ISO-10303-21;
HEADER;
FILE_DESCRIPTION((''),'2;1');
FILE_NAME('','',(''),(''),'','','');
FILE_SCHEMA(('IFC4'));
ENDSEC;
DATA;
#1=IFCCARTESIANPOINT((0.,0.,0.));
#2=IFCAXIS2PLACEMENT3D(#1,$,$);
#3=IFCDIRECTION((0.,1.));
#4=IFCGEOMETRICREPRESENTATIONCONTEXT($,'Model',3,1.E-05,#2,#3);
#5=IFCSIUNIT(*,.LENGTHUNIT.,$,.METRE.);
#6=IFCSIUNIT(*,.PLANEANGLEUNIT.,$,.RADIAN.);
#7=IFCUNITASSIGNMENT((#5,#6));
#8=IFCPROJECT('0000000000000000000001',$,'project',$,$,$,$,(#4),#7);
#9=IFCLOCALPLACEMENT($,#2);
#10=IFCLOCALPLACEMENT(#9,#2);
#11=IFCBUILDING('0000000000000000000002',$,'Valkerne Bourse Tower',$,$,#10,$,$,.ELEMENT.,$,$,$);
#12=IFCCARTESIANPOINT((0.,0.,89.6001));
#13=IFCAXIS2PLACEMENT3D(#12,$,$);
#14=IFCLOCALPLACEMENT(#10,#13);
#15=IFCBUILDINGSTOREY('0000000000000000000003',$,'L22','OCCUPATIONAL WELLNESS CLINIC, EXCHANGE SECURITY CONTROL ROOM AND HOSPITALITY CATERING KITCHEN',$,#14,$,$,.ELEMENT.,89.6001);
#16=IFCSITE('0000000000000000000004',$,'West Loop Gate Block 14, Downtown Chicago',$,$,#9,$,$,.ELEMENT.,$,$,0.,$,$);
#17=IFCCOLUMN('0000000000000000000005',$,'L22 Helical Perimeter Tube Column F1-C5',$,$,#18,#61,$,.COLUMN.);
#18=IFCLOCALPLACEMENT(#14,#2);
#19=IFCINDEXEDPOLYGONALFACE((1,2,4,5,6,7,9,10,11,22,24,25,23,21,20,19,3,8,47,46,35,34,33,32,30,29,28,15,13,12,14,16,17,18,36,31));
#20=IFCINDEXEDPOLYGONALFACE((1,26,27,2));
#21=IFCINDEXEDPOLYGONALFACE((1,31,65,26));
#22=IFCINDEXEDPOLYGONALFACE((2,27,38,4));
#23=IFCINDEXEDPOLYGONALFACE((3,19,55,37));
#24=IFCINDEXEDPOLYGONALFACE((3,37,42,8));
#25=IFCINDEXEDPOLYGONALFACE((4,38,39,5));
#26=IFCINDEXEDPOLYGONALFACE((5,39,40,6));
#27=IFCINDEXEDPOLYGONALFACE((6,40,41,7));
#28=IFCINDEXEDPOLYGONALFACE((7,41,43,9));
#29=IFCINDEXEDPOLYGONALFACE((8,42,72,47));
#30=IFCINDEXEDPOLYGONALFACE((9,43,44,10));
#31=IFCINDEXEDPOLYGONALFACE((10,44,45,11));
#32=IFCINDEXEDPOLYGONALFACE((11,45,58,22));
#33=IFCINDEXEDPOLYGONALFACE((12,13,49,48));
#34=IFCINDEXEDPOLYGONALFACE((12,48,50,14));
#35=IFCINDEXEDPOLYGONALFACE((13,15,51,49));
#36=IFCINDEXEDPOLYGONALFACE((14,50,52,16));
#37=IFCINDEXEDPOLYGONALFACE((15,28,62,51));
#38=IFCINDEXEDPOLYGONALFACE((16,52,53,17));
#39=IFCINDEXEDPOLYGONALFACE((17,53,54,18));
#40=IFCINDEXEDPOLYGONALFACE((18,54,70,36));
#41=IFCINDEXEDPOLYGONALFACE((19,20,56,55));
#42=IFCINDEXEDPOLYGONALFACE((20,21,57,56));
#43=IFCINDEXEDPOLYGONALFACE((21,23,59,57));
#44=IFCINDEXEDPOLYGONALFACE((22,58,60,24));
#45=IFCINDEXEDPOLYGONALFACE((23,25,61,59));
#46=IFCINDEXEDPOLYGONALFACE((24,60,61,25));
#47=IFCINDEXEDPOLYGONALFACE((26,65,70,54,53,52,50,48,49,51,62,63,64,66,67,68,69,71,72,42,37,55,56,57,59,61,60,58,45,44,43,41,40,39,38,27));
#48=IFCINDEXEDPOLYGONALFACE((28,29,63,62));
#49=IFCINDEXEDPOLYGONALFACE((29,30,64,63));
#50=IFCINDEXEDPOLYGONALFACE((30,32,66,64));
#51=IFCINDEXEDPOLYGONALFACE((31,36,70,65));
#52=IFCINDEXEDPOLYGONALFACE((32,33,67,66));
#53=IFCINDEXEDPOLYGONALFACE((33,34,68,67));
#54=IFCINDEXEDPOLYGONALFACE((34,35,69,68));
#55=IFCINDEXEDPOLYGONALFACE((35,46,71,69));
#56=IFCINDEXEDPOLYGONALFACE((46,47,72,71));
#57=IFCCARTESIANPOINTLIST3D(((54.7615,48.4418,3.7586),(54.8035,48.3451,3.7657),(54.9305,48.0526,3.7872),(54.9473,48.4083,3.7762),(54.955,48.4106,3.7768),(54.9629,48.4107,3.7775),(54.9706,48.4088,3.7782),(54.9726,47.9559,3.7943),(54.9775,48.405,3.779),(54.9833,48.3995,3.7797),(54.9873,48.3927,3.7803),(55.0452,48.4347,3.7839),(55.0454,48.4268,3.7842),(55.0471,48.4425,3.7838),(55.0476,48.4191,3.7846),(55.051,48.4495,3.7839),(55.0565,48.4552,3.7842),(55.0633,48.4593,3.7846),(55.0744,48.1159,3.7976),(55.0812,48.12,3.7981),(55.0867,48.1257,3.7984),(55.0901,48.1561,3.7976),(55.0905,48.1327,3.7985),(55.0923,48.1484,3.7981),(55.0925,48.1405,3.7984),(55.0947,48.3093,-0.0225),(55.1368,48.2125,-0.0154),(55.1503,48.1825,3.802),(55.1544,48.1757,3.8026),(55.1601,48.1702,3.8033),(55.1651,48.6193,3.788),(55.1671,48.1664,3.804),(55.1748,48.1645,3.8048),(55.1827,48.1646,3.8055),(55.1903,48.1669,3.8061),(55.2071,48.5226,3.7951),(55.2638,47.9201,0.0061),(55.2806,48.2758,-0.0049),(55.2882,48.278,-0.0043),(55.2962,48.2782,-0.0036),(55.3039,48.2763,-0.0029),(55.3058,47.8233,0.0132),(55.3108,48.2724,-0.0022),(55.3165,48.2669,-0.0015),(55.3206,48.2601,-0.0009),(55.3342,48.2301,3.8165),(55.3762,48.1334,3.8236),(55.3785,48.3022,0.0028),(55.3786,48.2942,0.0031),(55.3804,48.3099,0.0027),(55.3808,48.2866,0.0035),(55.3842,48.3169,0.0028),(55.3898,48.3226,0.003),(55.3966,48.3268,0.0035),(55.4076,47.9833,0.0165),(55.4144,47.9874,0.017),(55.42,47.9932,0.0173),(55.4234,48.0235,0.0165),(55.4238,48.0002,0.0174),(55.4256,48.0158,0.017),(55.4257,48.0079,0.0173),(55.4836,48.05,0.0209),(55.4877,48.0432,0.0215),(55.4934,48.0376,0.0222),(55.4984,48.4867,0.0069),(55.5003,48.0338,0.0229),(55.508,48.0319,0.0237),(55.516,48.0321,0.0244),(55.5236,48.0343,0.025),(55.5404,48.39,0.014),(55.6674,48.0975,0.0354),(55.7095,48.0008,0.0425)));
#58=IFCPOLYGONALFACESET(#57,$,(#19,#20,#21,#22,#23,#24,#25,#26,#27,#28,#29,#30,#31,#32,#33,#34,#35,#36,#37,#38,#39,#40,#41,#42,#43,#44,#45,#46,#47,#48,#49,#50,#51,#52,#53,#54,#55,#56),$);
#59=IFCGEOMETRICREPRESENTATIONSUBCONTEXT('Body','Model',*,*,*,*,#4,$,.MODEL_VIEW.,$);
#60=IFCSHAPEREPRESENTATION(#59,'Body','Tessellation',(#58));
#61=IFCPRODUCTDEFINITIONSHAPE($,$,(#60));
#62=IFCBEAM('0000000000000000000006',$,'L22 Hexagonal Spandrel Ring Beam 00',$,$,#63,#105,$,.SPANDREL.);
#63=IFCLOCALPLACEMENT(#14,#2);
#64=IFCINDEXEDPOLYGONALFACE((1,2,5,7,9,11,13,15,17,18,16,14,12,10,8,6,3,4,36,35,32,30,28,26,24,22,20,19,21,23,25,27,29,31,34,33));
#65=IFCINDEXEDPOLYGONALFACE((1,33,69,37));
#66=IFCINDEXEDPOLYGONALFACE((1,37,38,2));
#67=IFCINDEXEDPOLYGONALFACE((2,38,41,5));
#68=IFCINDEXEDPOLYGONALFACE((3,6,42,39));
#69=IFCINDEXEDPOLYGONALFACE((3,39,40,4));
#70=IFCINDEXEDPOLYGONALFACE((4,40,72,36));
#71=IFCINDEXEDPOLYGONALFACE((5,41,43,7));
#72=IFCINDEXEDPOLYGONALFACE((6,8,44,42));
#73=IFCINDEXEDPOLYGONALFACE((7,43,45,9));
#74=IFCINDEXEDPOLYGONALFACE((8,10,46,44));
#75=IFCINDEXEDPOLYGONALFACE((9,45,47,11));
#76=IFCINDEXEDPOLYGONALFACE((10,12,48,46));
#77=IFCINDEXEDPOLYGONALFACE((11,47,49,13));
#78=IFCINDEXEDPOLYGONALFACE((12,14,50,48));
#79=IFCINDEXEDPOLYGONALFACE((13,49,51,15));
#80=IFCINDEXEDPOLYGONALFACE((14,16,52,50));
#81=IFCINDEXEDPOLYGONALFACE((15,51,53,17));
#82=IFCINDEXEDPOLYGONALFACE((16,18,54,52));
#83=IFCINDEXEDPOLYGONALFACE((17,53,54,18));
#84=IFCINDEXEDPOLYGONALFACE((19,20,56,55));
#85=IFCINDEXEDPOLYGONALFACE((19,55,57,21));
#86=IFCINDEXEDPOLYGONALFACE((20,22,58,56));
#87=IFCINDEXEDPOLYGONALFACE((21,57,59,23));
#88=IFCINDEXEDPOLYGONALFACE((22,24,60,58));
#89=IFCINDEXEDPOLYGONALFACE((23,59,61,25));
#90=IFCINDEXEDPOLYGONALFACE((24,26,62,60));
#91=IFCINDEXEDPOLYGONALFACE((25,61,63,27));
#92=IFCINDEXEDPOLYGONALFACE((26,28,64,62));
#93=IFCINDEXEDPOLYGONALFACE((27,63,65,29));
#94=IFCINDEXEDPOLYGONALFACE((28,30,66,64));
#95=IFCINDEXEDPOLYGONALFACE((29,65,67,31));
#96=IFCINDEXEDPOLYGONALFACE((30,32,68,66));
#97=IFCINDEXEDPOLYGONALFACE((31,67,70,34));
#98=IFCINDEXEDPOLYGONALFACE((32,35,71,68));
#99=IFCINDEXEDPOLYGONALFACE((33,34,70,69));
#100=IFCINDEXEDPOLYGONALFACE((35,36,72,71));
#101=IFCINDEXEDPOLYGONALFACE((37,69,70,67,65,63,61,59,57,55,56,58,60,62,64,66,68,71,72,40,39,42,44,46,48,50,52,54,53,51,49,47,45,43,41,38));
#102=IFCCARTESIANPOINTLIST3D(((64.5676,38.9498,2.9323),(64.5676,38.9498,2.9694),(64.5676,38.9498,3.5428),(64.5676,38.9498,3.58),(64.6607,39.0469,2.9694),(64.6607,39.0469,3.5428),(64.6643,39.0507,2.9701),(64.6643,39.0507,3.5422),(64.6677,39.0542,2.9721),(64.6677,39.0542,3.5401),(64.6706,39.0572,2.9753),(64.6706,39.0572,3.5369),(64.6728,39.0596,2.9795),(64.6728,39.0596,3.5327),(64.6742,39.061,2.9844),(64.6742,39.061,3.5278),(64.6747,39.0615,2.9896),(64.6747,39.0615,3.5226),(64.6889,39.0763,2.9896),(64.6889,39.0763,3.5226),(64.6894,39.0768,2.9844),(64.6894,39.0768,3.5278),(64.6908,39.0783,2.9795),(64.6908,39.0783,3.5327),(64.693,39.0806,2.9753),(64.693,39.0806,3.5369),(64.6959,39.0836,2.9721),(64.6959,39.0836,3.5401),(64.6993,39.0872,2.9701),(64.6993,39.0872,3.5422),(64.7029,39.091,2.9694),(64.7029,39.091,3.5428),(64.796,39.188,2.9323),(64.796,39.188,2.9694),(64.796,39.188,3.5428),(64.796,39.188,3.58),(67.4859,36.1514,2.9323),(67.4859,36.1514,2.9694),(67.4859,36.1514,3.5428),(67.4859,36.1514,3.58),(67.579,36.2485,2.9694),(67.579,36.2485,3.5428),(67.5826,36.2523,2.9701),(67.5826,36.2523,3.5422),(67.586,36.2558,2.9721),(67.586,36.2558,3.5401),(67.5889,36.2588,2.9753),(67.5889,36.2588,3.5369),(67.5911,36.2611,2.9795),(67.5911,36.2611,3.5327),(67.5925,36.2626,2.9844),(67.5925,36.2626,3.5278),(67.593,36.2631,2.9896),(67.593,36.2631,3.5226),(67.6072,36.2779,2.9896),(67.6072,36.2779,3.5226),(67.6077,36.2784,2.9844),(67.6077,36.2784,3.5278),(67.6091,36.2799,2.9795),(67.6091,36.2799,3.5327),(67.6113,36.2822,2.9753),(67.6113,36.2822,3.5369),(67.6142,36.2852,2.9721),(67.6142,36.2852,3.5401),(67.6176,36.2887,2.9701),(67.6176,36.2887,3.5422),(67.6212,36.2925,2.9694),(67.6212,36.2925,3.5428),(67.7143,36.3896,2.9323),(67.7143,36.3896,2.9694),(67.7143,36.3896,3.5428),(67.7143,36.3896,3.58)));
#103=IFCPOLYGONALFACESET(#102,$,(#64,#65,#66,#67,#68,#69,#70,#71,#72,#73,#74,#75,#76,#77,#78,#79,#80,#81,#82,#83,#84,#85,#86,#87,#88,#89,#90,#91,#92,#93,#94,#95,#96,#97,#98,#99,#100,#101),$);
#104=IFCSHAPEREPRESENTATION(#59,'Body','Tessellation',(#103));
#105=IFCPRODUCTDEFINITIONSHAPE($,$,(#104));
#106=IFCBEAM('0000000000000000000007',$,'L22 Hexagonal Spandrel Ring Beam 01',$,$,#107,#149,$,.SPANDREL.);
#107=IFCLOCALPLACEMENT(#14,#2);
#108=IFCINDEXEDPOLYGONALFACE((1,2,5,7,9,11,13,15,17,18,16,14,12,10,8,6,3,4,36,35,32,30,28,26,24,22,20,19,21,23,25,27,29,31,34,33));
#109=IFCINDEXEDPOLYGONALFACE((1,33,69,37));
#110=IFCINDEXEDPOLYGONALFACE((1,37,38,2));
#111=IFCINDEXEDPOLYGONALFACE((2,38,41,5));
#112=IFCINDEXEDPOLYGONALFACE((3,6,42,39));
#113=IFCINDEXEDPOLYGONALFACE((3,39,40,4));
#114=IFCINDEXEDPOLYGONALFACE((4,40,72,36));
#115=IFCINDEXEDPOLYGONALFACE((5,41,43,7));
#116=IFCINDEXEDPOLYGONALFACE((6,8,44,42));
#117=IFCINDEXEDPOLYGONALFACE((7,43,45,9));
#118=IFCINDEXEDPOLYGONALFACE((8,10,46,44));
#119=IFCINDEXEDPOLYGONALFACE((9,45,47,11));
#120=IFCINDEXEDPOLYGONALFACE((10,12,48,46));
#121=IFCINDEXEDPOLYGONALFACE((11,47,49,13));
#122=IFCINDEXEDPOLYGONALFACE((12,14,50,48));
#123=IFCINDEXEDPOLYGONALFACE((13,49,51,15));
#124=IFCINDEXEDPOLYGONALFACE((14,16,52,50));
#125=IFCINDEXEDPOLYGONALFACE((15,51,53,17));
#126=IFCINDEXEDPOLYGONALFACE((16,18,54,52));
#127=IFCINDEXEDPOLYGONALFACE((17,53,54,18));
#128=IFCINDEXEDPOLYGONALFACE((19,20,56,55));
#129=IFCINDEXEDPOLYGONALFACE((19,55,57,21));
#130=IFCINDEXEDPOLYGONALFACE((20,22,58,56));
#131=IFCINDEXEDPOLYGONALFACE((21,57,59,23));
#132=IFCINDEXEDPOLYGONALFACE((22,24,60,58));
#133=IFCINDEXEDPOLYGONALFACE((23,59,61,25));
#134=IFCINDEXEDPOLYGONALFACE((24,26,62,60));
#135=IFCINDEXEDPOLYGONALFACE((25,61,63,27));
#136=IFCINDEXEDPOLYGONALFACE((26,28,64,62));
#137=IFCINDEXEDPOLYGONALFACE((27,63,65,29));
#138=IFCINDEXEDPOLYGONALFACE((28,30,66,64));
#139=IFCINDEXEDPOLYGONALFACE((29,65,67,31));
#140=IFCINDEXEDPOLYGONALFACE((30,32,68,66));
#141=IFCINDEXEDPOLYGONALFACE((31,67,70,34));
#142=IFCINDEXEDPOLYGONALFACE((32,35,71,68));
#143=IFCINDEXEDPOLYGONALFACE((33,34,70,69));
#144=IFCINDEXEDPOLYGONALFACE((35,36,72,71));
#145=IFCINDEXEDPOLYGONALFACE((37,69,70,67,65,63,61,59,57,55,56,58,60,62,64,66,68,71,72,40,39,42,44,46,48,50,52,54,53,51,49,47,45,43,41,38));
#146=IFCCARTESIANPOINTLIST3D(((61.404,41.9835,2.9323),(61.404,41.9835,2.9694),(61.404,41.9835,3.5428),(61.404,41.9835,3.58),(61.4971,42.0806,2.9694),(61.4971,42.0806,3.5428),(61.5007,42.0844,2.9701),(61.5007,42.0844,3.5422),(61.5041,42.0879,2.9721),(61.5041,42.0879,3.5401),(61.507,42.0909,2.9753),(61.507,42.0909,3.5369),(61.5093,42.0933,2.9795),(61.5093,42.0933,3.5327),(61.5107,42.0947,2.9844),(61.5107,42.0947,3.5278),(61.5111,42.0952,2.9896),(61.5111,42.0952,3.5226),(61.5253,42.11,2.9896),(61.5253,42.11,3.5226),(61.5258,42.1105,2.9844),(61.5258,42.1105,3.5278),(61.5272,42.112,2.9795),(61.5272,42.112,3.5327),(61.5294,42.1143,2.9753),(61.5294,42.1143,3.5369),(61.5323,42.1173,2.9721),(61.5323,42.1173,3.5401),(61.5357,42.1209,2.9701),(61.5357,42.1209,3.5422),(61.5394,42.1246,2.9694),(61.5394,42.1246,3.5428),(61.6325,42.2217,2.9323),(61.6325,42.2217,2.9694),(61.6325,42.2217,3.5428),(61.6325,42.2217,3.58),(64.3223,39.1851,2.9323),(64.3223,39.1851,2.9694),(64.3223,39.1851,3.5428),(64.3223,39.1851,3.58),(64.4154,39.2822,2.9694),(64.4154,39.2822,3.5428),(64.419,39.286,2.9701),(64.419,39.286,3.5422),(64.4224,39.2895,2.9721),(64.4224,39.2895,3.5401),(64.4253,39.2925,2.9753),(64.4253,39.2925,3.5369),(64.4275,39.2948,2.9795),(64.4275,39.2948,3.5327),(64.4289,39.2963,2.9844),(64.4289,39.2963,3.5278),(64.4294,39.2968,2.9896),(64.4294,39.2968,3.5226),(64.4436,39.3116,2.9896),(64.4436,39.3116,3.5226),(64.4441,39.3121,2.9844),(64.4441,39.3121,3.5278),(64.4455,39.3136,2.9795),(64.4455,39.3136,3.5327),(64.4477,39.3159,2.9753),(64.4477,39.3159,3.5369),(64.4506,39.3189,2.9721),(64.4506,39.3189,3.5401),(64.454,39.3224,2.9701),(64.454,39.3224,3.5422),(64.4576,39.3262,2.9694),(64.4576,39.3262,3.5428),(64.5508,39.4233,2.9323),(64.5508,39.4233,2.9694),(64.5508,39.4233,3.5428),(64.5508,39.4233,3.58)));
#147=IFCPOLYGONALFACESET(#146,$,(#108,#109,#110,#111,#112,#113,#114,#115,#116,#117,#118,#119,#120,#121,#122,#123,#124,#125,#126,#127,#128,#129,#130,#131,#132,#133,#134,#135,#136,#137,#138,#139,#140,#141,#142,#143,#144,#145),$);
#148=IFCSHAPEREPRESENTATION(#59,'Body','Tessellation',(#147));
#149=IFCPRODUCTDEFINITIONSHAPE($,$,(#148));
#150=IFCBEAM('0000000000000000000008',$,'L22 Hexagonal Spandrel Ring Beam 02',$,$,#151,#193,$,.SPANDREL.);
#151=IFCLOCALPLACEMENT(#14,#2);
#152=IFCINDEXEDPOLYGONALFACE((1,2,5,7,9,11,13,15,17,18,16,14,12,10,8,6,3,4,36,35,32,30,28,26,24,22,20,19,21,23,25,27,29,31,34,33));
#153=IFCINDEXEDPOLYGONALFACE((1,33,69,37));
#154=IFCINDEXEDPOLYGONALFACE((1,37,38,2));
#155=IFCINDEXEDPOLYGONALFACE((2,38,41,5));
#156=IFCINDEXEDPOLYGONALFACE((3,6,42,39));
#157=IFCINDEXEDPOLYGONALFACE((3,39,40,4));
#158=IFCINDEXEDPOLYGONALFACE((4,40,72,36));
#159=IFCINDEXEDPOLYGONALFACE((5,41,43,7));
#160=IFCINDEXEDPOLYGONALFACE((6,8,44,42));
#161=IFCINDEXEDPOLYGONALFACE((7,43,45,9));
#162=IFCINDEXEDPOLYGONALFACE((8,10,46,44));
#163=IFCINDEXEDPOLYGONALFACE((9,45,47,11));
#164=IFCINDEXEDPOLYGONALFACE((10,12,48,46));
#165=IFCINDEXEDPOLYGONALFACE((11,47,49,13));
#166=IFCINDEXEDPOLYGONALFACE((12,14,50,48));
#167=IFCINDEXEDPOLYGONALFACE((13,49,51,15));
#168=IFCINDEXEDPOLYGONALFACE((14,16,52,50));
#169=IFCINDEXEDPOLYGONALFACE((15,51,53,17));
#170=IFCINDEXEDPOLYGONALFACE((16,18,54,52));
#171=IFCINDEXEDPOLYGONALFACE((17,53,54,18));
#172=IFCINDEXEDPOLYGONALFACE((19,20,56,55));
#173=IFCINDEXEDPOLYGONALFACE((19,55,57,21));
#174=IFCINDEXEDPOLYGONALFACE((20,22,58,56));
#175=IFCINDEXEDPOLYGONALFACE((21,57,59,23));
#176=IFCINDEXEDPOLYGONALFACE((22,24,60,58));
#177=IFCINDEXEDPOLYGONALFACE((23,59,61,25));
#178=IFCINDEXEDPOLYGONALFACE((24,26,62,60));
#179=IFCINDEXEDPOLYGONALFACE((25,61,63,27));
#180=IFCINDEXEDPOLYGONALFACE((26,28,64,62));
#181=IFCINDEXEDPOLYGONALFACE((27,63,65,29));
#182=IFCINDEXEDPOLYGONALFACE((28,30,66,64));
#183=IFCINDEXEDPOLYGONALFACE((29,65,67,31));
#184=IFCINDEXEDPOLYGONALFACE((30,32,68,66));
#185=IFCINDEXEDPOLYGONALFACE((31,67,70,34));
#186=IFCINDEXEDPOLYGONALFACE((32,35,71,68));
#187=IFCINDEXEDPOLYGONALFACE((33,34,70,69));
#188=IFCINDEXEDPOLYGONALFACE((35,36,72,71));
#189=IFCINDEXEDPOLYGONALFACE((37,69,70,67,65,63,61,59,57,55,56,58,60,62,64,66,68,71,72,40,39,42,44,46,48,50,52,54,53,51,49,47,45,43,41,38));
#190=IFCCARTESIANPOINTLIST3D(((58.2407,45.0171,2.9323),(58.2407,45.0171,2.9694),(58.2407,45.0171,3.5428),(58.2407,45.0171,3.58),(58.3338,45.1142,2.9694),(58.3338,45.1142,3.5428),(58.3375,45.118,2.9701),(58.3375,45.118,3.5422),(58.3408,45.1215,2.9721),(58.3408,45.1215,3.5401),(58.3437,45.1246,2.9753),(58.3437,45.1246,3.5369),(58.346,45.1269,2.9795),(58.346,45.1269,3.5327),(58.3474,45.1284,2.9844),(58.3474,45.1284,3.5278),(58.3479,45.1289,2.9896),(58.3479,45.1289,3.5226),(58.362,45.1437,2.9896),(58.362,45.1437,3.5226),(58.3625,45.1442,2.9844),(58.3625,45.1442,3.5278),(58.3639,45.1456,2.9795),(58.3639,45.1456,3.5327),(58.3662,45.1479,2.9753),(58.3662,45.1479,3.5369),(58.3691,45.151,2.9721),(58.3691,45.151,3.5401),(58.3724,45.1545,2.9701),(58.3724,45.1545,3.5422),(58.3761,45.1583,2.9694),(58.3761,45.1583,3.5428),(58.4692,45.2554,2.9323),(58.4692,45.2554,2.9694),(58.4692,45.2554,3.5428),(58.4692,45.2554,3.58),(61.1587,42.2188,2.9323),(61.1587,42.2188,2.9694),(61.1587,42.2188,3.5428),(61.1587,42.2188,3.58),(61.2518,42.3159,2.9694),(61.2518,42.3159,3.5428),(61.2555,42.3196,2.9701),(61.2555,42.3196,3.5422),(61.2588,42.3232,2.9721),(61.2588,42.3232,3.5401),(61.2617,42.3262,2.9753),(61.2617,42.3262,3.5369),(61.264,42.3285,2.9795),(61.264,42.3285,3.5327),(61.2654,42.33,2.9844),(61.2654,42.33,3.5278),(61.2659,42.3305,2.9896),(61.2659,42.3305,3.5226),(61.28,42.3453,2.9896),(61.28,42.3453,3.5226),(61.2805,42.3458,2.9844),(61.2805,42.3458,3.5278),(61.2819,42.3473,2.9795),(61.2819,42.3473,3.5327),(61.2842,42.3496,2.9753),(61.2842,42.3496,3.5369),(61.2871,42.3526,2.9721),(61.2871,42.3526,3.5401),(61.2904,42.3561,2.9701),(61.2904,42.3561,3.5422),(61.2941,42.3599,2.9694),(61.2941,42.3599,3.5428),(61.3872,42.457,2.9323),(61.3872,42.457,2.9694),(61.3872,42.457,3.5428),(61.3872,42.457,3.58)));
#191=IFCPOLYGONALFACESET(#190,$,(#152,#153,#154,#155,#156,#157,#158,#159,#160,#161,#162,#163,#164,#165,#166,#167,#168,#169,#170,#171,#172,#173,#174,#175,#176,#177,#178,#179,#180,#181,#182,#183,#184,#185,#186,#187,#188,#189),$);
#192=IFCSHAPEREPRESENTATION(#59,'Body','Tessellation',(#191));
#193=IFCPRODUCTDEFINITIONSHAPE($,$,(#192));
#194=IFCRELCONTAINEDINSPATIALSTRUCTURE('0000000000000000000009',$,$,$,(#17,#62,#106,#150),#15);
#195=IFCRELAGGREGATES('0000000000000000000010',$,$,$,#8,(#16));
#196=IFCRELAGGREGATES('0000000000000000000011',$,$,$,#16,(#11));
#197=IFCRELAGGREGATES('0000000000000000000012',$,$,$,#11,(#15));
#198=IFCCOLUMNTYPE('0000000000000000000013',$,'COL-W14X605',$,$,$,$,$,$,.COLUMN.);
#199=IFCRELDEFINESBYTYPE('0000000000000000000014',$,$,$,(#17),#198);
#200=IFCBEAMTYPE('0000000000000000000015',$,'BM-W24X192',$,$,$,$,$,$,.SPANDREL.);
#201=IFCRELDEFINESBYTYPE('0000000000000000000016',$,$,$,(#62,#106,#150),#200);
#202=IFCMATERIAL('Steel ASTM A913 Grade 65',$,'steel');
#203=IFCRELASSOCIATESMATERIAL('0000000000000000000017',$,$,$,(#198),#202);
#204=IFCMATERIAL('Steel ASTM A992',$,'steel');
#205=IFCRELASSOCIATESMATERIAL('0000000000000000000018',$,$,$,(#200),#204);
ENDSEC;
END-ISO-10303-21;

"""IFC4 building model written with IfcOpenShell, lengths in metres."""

from ifc_helpers import new_model, si_unit, direction, frame, origin, origin_2d, place, context, subcontext, project, spatial, i_section, extrude, material, material_profile, profile_set, type_object, element, save


model = new_model("IFC4")

# Units and contexts
model_context = context("Model", 3, precision=1e-05, world=origin(), true_north=direction((0.0, 1.0)))
body_context = subcontext(model_context, "Body", "Model", "MODEL_VIEW")
ifc_project = project(units=[si_unit("LENGTHUNIT", "METRE"), si_unit("PLANEANGLEUNIT", "RADIAN")], contexts=[model_context])

# Site, building, storey
site_placement = place(None, origin())
site = spatial("IfcSite", under=ifc_project, at=site_placement, Name="West Loop Gate Block 14, Downtown Chicago", CompositionType="ELEMENT", RefElevation=0.0)
building_placement = place(site_placement, origin())
building = spatial("IfcBuilding", under=site, at=building_placement, Name="Valkerne Bourse Tower", CompositionType="ELEMENT")
storey_placement = place(building_placement, frame((0.0, 0.0, 89.6001)))
storey = spatial("IfcBuildingStorey", under=building, at=storey_placement, Name="L22", Description="OCCUPATIONAL WELLNESS CLINIC, EXCHANGE SECURITY CONTROL ROOM AND HOSPITALITY CATERING KITCHEN", CompositionType="ELEMENT", Elevation=89.6001)

# Column
ifc_material_1 = material(Name="Steel ASTM A913 Grade 65", Category="steel")
ifc_material_profile_1 = material_profile(ifc_material_1, i_section(OverallWidth=0.4419, OverallDepth=0.531, WebThickness=0.0659, FlangeThickness=0.1057, FilletRadius=0.0305, at=origin_2d()), Name="W14X605")
ifc_profile_set_1 = profile_set([ifc_material_profile_1], Name="Steel ASTM A913 Grade 65")
column_type = type_object("IfcColumnType", Name="COL-W14X605", PredefinedType="COLUMN", material=ifc_profile_set_1)
column_1_placement = place(storey_placement, frame((55.4021, 48.155, 0.01), z_axis=(-0.087745, 0.034905, 0.995531), x_axis=(0.913392, 0.401626, 0.066423)))
element("IfcColumn", 1, at=column_1_placement, inside=storey, type_object=column_type, Name="L22 Helical Perimeter Tube Column F1-C5", PredefinedType="COLUMN", context=body_context, shape_type="SweptSolid", body=[
    extrude(i_section(OverallWidth=0.4419, OverallDepth=0.531, WebThickness=0.0659, FlangeThickness=0.1057, FilletRadius=0.0305, at=origin_2d()), origin(), (0.0, 0.0, 1.0), 3.7981),
])

# Beams
ifc_material_2 = material(Name="Steel ASTM A992", Category="steel")
ifc_material_profile_2 = material_profile(ifc_material_2, i_section(OverallWidth=0.3301, OverallDepth=0.6477, WebThickness=0.0205, FlangeThickness=0.0371, FilletRadius=0.0203, at=origin_2d()), Name="W24X192")
ifc_profile_set_2 = profile_set([ifc_material_profile_2], Name="Steel ASTM A992")
beam_type = type_object("IfcBeamType", Name="BM-W24X192", PredefinedType="SPANDREL", material=ifc_profile_set_2)
for number, where, z_axis, x_axis, name in (
    (2, (67.6001, 36.2705, 3.2561), (-0.721776, 0.692127, 0.0), (-0.692127, -0.721776, 0.0), "L22 Hexagonal Spandrel Ring Beam 00"),
    (3, (64.4365, 39.3042, 3.2561), (-0.721776, 0.692127, 0.0), (-0.692127, -0.721776, 0.0), "L22 Hexagonal Spandrel Ring Beam 01"),
):
    element("IfcBeam", number, at=place(storey_placement, frame(where, z_axis=z_axis, x_axis=x_axis)), inside=storey, type_object=beam_type, Name=name, PredefinedType="SPANDREL", context=body_context, shape_type="SweptSolid", body=[
        extrude(i_section(OverallWidth=0.3301, OverallDepth=0.6477, WebThickness=0.0205, FlangeThickness=0.0371, FilletRadius=0.0203, at=origin_2d()), origin(), (0.0, 0.0, 1.0), 4.0432),
    ])
beam_1_placement = place(storey_placement, frame((61.2729, 42.3379, 3.2561), z_axis=(-0.721747, 0.692157, 0.0), x_axis=(-0.692157, -0.721747, 0.0)))
element("IfcBeam", 4, at=beam_1_placement, inside=storey, type_object=beam_type, Name="L22 Hexagonal Spandrel Ring Beam 02", PredefinedType="SPANDREL", context=body_context, shape_type="SweptSolid", body=[
    extrude(i_section(OverallWidth=0.3301, OverallDepth=0.6477, WebThickness=0.0205, FlangeThickness=0.0371, FilletRadius=0.0203, at=origin_2d()), origin(), (0.0, 0.0, 1.0), 4.043),
])

save(model, "model.ifc")
